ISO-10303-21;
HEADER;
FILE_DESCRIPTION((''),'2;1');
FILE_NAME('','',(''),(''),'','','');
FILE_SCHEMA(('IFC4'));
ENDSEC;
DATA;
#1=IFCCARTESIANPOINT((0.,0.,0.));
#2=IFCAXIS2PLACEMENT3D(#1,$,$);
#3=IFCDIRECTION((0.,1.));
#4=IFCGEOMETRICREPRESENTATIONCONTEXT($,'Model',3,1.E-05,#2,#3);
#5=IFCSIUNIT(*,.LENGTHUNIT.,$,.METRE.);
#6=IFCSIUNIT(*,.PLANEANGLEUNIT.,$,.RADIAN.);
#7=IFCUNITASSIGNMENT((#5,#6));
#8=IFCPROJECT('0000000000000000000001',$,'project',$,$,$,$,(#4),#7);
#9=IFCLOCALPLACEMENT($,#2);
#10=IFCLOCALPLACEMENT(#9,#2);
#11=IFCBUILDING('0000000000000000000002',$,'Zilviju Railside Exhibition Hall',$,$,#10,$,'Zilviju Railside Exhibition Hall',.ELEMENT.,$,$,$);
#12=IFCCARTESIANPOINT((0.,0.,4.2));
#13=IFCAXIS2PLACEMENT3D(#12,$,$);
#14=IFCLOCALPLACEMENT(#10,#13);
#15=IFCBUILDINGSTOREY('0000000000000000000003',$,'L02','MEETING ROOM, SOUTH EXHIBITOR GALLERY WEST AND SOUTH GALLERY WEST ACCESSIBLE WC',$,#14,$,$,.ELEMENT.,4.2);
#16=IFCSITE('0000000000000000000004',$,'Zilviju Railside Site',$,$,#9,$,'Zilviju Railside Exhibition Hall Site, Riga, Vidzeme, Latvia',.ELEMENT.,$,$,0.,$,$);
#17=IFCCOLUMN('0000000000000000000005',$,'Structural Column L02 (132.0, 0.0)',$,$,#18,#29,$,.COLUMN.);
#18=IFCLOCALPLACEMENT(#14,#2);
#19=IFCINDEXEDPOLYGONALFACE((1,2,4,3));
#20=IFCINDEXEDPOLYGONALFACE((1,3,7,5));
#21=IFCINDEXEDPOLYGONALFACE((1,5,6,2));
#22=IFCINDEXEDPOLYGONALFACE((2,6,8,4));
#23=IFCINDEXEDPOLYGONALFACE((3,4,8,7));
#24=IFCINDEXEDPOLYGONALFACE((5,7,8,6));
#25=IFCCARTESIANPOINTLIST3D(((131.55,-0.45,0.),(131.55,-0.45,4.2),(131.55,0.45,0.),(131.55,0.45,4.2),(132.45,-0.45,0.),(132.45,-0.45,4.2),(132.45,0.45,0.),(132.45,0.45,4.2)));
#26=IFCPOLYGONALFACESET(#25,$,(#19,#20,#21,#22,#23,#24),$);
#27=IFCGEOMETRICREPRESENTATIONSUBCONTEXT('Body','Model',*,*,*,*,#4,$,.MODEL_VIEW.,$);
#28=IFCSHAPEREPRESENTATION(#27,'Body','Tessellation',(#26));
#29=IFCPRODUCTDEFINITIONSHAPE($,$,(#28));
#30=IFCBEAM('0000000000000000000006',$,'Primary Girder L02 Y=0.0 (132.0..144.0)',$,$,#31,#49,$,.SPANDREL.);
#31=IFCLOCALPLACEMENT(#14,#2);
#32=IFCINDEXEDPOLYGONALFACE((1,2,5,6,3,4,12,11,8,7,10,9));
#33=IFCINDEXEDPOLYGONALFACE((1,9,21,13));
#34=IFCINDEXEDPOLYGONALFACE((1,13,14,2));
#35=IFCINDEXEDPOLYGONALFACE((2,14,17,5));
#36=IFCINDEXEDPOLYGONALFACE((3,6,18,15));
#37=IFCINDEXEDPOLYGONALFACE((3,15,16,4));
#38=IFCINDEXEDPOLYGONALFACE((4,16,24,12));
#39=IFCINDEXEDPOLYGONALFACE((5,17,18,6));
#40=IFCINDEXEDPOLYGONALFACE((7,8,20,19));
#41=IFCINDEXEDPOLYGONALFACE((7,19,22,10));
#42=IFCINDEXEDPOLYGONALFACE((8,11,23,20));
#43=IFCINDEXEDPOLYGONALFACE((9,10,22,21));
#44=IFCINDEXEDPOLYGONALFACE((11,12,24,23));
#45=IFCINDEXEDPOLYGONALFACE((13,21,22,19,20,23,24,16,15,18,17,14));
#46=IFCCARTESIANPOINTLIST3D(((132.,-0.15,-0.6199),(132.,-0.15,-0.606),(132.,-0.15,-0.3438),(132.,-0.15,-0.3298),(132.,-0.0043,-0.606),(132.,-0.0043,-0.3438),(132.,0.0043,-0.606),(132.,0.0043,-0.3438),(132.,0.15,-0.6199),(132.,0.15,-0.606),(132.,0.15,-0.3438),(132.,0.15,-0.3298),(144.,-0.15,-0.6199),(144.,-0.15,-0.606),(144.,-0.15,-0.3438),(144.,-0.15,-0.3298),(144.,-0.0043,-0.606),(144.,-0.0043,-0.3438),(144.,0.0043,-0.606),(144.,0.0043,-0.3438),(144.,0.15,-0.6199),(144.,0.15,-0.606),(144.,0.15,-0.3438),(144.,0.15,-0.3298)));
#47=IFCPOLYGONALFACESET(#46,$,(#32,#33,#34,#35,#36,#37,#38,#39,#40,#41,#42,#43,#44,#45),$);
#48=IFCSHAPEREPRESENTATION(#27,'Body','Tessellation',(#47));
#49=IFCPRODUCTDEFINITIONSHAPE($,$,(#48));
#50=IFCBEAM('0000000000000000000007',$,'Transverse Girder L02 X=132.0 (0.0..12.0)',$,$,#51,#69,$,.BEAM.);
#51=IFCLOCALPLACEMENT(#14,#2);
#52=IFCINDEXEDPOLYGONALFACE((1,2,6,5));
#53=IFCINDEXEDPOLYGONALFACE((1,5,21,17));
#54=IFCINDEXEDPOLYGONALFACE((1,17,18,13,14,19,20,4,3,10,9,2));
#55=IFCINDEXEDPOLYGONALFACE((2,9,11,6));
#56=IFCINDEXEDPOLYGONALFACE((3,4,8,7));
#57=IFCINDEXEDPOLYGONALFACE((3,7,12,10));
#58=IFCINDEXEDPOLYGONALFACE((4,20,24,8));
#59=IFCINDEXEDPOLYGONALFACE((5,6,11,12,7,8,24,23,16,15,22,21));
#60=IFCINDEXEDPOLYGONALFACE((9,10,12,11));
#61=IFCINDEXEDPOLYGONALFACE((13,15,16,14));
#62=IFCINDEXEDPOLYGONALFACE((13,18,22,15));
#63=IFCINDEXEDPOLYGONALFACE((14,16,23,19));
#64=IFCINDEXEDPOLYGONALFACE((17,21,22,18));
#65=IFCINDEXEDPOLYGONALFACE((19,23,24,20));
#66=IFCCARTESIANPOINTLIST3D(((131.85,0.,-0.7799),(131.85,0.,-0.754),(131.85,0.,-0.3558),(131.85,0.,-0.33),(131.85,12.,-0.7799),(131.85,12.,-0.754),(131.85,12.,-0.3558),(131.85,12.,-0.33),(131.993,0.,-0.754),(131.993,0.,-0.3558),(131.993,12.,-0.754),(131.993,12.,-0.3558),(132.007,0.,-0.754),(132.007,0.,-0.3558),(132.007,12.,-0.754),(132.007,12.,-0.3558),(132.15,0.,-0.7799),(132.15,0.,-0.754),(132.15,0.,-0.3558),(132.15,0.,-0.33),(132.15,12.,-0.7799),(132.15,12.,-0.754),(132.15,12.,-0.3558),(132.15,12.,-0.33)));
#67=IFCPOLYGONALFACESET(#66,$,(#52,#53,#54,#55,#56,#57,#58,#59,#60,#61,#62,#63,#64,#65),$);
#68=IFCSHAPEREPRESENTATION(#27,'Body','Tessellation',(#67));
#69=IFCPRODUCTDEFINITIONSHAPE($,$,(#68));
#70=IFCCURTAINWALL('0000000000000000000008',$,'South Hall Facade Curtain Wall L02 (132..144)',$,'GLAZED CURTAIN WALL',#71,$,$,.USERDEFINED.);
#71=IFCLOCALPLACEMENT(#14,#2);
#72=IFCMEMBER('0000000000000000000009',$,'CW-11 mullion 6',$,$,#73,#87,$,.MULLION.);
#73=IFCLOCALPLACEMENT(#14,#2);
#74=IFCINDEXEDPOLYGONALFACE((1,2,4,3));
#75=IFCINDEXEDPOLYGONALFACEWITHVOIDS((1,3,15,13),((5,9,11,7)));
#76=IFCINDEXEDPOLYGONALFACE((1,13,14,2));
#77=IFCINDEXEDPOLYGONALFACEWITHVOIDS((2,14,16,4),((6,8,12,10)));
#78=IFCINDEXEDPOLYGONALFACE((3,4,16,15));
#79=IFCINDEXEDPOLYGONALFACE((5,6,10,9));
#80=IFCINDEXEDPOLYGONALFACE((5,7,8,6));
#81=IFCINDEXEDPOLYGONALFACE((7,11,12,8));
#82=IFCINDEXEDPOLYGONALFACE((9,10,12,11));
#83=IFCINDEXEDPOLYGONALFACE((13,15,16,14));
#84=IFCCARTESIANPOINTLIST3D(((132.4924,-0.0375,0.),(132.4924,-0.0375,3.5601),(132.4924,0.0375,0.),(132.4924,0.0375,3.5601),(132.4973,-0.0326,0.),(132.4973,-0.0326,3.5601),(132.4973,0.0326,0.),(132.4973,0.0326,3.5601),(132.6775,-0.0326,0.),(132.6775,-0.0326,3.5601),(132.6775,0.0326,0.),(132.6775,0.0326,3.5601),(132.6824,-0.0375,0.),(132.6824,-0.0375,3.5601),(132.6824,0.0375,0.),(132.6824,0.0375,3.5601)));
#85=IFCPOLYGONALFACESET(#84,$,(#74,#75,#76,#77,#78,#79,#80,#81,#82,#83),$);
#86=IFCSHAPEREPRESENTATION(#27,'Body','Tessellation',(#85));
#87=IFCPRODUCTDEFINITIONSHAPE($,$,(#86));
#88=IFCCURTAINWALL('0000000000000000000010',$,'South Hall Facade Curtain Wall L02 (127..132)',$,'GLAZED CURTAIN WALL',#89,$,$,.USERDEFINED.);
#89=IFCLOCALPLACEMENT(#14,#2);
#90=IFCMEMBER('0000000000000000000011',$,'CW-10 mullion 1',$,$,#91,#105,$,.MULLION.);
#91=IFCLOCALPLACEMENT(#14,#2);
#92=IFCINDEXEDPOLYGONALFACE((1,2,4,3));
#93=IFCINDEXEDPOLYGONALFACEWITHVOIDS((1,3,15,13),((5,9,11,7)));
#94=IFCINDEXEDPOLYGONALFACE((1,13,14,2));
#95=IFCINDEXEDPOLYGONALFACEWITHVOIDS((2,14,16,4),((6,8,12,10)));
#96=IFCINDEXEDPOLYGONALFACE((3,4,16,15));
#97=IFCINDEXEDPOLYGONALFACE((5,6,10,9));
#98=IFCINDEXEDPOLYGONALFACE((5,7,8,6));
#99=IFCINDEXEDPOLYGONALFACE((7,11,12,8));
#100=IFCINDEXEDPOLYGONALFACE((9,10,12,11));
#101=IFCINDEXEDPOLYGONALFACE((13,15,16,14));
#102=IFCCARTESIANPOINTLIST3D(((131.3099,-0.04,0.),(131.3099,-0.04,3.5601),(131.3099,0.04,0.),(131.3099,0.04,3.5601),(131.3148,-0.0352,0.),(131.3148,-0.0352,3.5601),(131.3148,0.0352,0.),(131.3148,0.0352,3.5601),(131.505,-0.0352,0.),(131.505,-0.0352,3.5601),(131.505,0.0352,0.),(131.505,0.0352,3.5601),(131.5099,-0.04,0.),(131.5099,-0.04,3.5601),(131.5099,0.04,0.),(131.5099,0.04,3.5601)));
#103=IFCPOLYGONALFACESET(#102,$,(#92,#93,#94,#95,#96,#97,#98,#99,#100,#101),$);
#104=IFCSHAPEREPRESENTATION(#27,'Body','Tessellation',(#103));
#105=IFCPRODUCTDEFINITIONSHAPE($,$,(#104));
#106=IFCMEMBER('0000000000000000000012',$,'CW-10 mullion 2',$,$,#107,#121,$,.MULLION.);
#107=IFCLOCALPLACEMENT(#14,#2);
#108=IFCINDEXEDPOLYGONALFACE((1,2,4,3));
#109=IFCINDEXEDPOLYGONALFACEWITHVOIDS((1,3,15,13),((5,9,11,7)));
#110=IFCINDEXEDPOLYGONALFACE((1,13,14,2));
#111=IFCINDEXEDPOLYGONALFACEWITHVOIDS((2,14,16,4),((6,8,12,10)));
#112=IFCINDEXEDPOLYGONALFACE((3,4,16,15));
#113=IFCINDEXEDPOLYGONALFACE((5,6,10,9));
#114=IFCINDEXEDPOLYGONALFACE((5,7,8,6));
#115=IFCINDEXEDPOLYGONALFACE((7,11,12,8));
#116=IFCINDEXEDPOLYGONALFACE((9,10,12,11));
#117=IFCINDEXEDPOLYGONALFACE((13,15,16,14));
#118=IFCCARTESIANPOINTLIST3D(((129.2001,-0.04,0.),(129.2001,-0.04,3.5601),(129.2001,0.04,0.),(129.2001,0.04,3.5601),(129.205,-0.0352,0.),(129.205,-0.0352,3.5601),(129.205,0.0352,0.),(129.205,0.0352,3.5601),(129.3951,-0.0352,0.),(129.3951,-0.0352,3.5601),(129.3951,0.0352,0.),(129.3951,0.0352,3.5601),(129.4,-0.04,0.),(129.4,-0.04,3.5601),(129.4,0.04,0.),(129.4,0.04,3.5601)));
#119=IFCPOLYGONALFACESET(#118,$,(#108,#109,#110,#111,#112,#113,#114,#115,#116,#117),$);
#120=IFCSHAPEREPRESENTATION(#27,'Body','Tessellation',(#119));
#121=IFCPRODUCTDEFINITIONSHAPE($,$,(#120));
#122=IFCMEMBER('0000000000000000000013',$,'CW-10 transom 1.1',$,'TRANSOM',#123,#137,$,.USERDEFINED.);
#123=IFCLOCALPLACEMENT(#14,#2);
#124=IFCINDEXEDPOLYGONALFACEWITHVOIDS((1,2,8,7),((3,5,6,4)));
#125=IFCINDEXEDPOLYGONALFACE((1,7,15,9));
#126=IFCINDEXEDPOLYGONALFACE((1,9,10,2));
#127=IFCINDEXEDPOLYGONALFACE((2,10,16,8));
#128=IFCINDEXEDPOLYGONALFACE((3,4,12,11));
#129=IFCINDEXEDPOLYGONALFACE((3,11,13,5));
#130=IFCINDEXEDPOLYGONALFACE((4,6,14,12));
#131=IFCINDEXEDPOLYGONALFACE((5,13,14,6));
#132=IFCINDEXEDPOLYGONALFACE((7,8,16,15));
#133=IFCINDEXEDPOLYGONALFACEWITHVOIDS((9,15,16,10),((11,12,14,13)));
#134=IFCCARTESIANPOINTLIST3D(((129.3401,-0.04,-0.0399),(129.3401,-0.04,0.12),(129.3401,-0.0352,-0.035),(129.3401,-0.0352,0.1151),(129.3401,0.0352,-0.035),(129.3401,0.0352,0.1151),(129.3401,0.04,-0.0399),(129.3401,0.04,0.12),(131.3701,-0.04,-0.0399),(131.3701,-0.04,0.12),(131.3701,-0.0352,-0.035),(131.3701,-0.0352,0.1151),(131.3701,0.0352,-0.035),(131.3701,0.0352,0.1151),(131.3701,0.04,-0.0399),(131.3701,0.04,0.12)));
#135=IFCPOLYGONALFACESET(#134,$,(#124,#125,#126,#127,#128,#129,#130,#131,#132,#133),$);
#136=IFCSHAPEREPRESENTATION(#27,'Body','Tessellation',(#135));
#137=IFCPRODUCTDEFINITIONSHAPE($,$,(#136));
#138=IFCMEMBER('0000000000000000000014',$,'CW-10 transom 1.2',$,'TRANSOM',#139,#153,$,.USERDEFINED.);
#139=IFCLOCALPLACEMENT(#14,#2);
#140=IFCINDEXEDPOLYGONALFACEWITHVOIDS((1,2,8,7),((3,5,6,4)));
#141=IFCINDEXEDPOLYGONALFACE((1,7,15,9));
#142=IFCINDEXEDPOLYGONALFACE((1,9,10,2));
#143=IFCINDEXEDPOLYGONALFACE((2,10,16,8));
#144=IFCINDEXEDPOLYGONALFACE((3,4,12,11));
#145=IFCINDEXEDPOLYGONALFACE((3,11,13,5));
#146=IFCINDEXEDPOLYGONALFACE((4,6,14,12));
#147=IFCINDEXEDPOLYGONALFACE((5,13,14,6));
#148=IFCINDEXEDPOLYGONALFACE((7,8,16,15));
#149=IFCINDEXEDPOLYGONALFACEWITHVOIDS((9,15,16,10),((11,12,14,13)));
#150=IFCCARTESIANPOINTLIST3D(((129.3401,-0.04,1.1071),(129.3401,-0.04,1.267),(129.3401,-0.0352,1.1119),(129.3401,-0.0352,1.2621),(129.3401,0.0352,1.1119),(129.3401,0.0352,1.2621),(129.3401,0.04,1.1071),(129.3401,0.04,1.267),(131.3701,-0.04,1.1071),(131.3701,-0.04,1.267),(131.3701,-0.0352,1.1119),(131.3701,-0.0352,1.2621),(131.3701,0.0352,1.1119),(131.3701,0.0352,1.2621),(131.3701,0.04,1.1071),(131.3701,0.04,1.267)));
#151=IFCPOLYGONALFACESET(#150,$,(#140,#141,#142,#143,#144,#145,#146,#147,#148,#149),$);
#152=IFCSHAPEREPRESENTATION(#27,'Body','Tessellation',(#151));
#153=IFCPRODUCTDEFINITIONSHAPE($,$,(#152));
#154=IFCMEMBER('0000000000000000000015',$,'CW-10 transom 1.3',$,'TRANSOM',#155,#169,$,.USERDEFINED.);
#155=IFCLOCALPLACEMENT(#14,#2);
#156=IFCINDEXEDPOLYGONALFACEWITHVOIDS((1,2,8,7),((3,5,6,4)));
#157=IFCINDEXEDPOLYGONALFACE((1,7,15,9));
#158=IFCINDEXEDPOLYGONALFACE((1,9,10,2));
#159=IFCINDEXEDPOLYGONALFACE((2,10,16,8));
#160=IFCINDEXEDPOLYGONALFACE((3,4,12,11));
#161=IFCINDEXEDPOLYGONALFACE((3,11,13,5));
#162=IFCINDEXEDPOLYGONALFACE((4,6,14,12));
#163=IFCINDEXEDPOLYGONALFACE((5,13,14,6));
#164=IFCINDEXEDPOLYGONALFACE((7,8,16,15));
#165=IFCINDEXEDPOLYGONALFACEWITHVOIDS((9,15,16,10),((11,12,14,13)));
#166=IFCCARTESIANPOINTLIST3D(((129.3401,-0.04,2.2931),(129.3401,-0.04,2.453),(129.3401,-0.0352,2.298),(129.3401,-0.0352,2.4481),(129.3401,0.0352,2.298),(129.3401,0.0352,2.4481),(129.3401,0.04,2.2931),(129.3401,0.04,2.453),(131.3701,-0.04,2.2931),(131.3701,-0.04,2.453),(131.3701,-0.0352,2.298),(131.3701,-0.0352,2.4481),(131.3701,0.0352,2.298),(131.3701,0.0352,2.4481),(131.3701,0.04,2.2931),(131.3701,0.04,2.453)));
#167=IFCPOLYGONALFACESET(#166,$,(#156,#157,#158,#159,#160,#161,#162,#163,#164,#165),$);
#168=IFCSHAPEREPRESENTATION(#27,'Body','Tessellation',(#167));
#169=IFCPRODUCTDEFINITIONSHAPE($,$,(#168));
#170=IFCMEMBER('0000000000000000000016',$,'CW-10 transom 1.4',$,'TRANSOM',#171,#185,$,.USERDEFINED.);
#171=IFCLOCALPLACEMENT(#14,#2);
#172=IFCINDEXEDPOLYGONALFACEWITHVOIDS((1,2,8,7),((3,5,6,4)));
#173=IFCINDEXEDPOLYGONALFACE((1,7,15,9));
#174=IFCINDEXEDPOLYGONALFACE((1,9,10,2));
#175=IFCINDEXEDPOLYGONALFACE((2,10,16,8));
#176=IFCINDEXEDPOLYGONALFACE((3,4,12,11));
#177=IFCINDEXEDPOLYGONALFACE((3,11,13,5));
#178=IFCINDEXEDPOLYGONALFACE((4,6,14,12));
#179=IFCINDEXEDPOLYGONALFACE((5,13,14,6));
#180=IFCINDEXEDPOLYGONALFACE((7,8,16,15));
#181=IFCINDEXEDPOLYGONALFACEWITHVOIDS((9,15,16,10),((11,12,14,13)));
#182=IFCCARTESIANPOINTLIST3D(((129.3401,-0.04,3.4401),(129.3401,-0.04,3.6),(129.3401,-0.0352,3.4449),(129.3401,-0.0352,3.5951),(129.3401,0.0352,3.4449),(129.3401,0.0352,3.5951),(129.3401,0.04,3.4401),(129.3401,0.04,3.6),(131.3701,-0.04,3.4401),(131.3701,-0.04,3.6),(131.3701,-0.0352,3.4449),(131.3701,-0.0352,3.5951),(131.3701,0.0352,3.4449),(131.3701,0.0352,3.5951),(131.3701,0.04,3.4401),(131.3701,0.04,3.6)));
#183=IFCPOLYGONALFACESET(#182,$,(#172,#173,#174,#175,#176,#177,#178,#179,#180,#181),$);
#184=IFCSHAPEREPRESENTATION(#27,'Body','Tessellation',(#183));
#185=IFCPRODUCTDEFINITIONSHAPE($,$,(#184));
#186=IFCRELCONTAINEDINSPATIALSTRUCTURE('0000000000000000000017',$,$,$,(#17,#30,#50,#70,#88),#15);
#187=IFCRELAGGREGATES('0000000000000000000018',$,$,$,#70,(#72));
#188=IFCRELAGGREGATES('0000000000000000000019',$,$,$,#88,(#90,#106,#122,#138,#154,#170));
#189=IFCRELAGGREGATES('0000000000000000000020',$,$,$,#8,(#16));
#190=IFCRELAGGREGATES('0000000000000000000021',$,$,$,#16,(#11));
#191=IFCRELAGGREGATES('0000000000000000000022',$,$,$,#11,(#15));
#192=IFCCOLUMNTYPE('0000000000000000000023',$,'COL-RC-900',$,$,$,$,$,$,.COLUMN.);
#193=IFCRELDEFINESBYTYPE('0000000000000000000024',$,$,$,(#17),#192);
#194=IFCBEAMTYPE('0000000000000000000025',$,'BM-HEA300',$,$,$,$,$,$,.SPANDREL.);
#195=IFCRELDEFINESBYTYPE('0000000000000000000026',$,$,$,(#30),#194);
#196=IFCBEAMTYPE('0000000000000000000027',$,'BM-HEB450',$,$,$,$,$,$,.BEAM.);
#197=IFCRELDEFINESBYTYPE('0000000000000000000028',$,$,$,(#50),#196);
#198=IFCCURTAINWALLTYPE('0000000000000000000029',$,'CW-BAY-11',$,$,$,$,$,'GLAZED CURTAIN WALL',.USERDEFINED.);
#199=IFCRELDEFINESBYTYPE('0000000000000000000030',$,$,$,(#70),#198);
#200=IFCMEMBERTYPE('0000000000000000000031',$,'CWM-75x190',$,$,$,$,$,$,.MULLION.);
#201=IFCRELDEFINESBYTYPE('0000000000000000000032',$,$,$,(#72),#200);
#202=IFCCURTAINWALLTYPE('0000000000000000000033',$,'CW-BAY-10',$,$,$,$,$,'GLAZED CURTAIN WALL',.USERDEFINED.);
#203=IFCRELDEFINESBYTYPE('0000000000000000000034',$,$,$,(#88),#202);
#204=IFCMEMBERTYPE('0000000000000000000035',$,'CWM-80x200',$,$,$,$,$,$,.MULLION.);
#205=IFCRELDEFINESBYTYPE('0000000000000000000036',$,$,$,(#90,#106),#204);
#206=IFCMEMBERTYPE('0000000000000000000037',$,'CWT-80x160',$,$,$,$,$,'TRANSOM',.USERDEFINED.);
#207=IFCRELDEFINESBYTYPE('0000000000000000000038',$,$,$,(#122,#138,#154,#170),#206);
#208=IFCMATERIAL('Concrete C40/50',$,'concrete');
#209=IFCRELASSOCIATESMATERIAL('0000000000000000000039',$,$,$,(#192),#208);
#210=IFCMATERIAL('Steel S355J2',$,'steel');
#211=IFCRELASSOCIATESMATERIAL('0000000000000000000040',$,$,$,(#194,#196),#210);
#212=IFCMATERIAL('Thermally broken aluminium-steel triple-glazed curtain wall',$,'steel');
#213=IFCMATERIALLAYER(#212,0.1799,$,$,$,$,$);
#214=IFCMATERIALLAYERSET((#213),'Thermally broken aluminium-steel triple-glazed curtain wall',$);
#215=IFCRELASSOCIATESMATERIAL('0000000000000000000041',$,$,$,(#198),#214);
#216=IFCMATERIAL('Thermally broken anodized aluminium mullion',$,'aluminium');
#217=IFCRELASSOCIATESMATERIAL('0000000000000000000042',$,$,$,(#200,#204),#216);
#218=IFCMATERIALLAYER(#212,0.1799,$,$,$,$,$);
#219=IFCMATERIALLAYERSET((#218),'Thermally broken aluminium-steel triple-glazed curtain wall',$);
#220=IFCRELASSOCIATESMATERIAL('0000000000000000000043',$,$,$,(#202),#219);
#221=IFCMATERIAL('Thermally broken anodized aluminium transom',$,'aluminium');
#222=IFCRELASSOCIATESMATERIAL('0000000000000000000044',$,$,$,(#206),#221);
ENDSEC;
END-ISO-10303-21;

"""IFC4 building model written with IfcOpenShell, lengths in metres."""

from ifc_helpers import new_model, si_unit, direction, frame, origin, origin_2d, place, context, subcontext, project, spatial, rectangle, hollow_rectangle, i_section, extrude, material, layer, layer_set, material_profile, profile_set, type_object, element, aggregate, save


model = new_model("IFC4")

# Units and contexts
model_context = context("Model", 3, precision=1e-05, world=origin(), true_north=direction((0.0, 1.0)))
body_context = subcontext(model_context, "Body", "Model", "MODEL_VIEW")
ifc_project = project(units=[si_unit("LENGTHUNIT", "METRE"), si_unit("PLANEANGLEUNIT", "RADIAN")], contexts=[model_context])

# Site, building, storey
site_placement = place(None, origin())
site = spatial("IfcSite", under=ifc_project, at=site_placement, Name="Zilviju Railside Site", LongName="Zilviju Railside Exhibition Hall Site, Riga, Vidzeme, Latvia", CompositionType="ELEMENT", RefElevation=0.0)
building_placement = place(site_placement, origin())
building = spatial("IfcBuilding", under=site, at=building_placement, Name="Zilviju Railside Exhibition Hall", LongName="Zilviju Railside Exhibition Hall", CompositionType="ELEMENT")
storey_placement = place(building_placement, frame((0.0, 0.0, 4.2)))
storey = spatial("IfcBuildingStorey", under=building, at=storey_placement, Name="L02", Description="MEETING ROOM, SOUTH EXHIBITOR GALLERY WEST AND SOUTH GALLERY WEST ACCESSIBLE WC", CompositionType="ELEMENT", Elevation=4.2)

# Column
ifc_material_1 = material(Name="Concrete C40/50", Category="concrete")
ifc_material_profile_1 = material_profile(ifc_material_1, rectangle(XDim=0.8999, YDim=0.8999, at=origin_2d()), Name="RC COL 900x900")
ifc_profile_set_1 = profile_set([ifc_material_profile_1], Name="Concrete C40/50")
column_type = type_object("IfcColumnType", Name="COL-RC-900", PredefinedType="COLUMN", material=ifc_profile_set_1)
column_placement = place(storey_placement, frame((132.0, 0.0, 0.0), z_axis=(0.0, 0.0, 1.0), x_axis=(1.0, 0.0, 0.0)))
element("IfcColumn", 1, at=column_placement, inside=storey, type_object=column_type, Name="Structural Column L02 (132.0, 0.0)", PredefinedType="COLUMN", context=body_context, shape_type="SweptSolid", body=[
    extrude(rectangle(XDim=0.8999, YDim=0.8999, at=origin_2d()), origin(), (0.0, 0.0, 1.0), 4.2),
])

# Beams
ifc_material_2 = material(Name="Steel S355J2", Category="steel")
ifc_material_profile_2 = material_profile(ifc_material_2, i_section(OverallWidth=0.3, OverallDepth=0.29, WebThickness=0.0085, FlangeThickness=0.0139, at=origin_2d()), Name="HEA 300")
ifc_profile_set_2 = profile_set([ifc_material_profile_2], Name="Steel S355J2")
beam_type_1 = type_object("IfcBeamType", Name="BM-HEA300", PredefinedType="SPANDREL", material=ifc_profile_set_2)
beam_1_placement = place(storey_placement, frame((132.0, 0.0, -0.4749), z_axis=(1.0, 0.0, 0.0), x_axis=(0.0, 1.0, 0.0)))
element("IfcBeam", 2, at=beam_1_placement, inside=storey, type_object=beam_type_1, Name="Primary Girder L02 Y=0.0 (132.0..144.0)", PredefinedType="SPANDREL", context=body_context, shape_type="SweptSolid", body=[
    extrude(i_section(OverallWidth=0.3, OverallDepth=0.29, WebThickness=0.0085, FlangeThickness=0.0139, at=origin_2d()), origin(), (0.0, 0.0, 1.0), 12.0),
])
ifc_material_profile_3 = material_profile(ifc_material_2, i_section(OverallWidth=0.3, OverallDepth=0.45, WebThickness=0.0139, FlangeThickness=0.0259, at=origin_2d()), Name="HEB 450")
ifc_profile_set_3 = profile_set([ifc_material_profile_3], Name="Steel S355J2")
beam_type_2 = type_object("IfcBeamType", Name="BM-HEB450", PredefinedType="BEAM", material=ifc_profile_set_3)
beam_2_placement = place(storey_placement, frame((132.0, 0.0, -0.5549), z_axis=(0.0, 1.0, 0.0), x_axis=(-1.0, 0.0, 0.0)))
element("IfcBeam", 3, at=beam_2_placement, inside=storey, type_object=beam_type_2, Name="Transverse Girder L02 X=132.0 (0.0..12.0)", PredefinedType="BEAM", context=body_context, shape_type="SweptSolid", body=[
    extrude(i_section(OverallWidth=0.3, OverallDepth=0.45, WebThickness=0.0139, FlangeThickness=0.0259, at=origin_2d()), origin(), (0.0, 0.0, 1.0), 12.0),
])

# Curtain wall, member
ifc_material_3 = material(Name="Thermally broken aluminium-steel triple-glazed curtain wall", Category="steel")
ifc_layer_1 = layer(ifc_material_3, 0.1799)
ifc_layer_set_1 = layer_set([ifc_layer_1], Name="Thermally broken aluminium-steel triple-glazed curtain wall")
curtain_wall_type_1 = type_object("IfcCurtainWallType", Name="CW-BAY-11", ElementType="GLAZED CURTAIN WALL", PredefinedType="USERDEFINED", material=ifc_layer_set_1)
curtain_wall_1_placement = place(storey_placement, origin())
curtain_wall_1 = element("IfcCurtainWall", 4, at=curtain_wall_1_placement, inside=storey, type_object=curtain_wall_type_1, Name="South Hall Facade Curtain Wall L02 (132..144)", ObjectType="GLAZED CURTAIN WALL", PredefinedType="USERDEFINED")
ifc_material_4 = material(Name="Thermally broken anodized aluminium mullion", Category="aluminium")
ifc_material_profile_4 = material_profile(ifc_material_4, hollow_rectangle(XDim=0.075, YDim=0.1899, WallThickness=0.0049, at=origin_2d()), Name="MULLION 190x75x5")
ifc_profile_set_4 = profile_set([ifc_material_profile_4], Name="Thermally broken anodized aluminium mullion")
member_type_1 = type_object("IfcMemberType", Name="CWM-75x190", PredefinedType="MULLION", material=ifc_profile_set_4)
member_1_placement = place(storey_placement, frame((132.5874, 0.0, 0.0), z_axis=(0.0, 0.0, 1.0), x_axis=(0.0, -1.0, 0.0)))
member_1 = element("IfcMember", 5, at=member_1_placement, type_object=member_type_1, Name="CW-11 mullion 6", PredefinedType="MULLION", context=body_context, shape_type="SweptSolid", body=[
    extrude(hollow_rectangle(XDim=0.075, YDim=0.1899, WallThickness=0.0049, at=origin_2d()), origin(), (0.0, 0.0, 1.0), 3.5601),
])
aggregate(curtain_wall_1, [member_1])

# Curtain wall, members
ifc_layer_2 = layer(ifc_material_3, 0.1799)
ifc_layer_set_2 = layer_set([ifc_layer_2], Name="Thermally broken aluminium-steel triple-glazed curtain wall")
curtain_wall_type_2 = type_object("IfcCurtainWallType", Name="CW-BAY-10", ElementType="GLAZED CURTAIN WALL", PredefinedType="USERDEFINED", material=ifc_layer_set_2)
curtain_wall_2_placement = place(storey_placement, origin())
curtain_wall_2 = element("IfcCurtainWall", 6, at=curtain_wall_2_placement, inside=storey, type_object=curtain_wall_type_2, Name="South Hall Facade Curtain Wall L02 (127..132)", ObjectType="GLAZED CURTAIN WALL", PredefinedType="USERDEFINED")
ifc_material_profile_5 = material_profile(ifc_material_4, hollow_rectangle(XDim=0.0801, YDim=0.2, WallThickness=0.0049, at=origin_2d()), Name="MULLION 200x80x5")
ifc_profile_set_5 = profile_set([ifc_material_profile_5], Name="Thermally broken anodized aluminium mullion")
member_type_2 = type_object("IfcMemberType", Name="CWM-80x200", PredefinedType="MULLION", material=ifc_profile_set_5)
member_2_placement = place(storey_placement, frame((131.4099, 0.0, 0.0), z_axis=(0.0, 0.0, 1.0), x_axis=(0.0, -1.0, 0.0)))
member_2 = element("IfcMember", 7, at=member_2_placement, type_object=member_type_2, Name="CW-10 mullion 1", PredefinedType="MULLION", context=body_context, shape_type="SweptSolid", body=[
    extrude(hollow_rectangle(XDim=0.0801, YDim=0.2, WallThickness=0.0049, at=origin_2d()), origin(), (0.0, 0.0, 1.0), 3.5601),
])
member_3_placement = place(storey_placement, frame((129.3, 0.0, 0.0), z_axis=(0.0, 0.0, 1.0), x_axis=(0.0, -1.0, 0.0)))
member_3 = element("IfcMember", 8, at=member_3_placement, type_object=member_type_2, Name="CW-10 mullion 2", PredefinedType="MULLION", context=body_context, shape_type="SweptSolid", body=[
    extrude(hollow_rectangle(XDim=0.0801, YDim=0.2, WallThickness=0.0049, at=origin_2d()), origin(), (0.0, 0.0, 1.0), 3.5601),
])
ifc_material_5 = material(Name="Thermally broken anodized aluminium transom", Category="aluminium")
ifc_material_profile_6 = material_profile(ifc_material_5, hollow_rectangle(XDim=0.0801, YDim=0.1599, WallThickness=0.0049, at=origin_2d()), Name="TRANSOM 160x80x5")
ifc_profile_set_6 = profile_set([ifc_material_profile_6], Name="Thermally broken anodized aluminium transom")
member_type_3 = type_object("IfcMemberType", Name="CWT-80x160", ElementType="TRANSOM", PredefinedType="USERDEFINED", material=ifc_profile_set_6)
member_4_placement = place(storey_placement, frame((131.3701, 0.0, 0.04), z_axis=(-1.0, 0.0, 0.0), x_axis=(0.0, -1.0, 0.0)))
member_4 = element("IfcMember", 9, at=member_4_placement, type_object=member_type_3, Name="CW-10 transom 1.1", ObjectType="TRANSOM", PredefinedType="USERDEFINED", context=body_context, shape_type="SweptSolid", body=[
    extrude(hollow_rectangle(XDim=0.0801, YDim=0.1599, WallThickness=0.0049, at=origin_2d()), origin(), (0.0, 0.0, 1.0), 2.03),
])
member_5_placement = place(storey_placement, frame((131.3701, 0.0, 1.187), z_axis=(-1.0, 0.0, 0.0), x_axis=(0.0, -1.0, 0.0)))
member_5 = element("IfcMember", 10, at=member_5_placement, type_object=member_type_3, Name="CW-10 transom 1.2", ObjectType="TRANSOM", PredefinedType="USERDEFINED", context=body_context, shape_type="SweptSolid", body=[
    extrude(hollow_rectangle(XDim=0.0801, YDim=0.1599, WallThickness=0.0049, at=origin_2d()), origin(), (0.0, 0.0, 1.0), 2.03),
])
member_6_placement = place(storey_placement, frame((131.3701, 0.0, 2.373), z_axis=(-1.0, 0.0, 0.0), x_axis=(0.0, -1.0, 0.0)))
member_6 = element("IfcMember", 11, at=member_6_placement, type_object=member_type_3, Name="CW-10 transom 1.3", ObjectType="TRANSOM", PredefinedType="USERDEFINED", context=body_context, shape_type="SweptSolid", body=[
    extrude(hollow_rectangle(XDim=0.0801, YDim=0.1599, WallThickness=0.0049, at=origin_2d()), origin(), (0.0, 0.0, 1.0), 2.03),
])
member_7_placement = place(storey_placement, frame((131.3701, 0.0, 3.52), z_axis=(-1.0, 0.0, 0.0), x_axis=(0.0, -1.0, 0.0)))
member_7 = element("IfcMember", 12, at=member_7_placement, type_object=member_type_3, Name="CW-10 transom 1.4", ObjectType="TRANSOM", PredefinedType="USERDEFINED", context=body_context, shape_type="SweptSolid", body=[
    extrude(hollow_rectangle(XDim=0.0801, YDim=0.1599, WallThickness=0.0049, at=origin_2d()), origin(), (0.0, 0.0, 1.0), 2.03),
])
aggregate(curtain_wall_2, [member_2, member_3, member_4, member_5, member_6, member_7])

save(model, "model.ifc")
